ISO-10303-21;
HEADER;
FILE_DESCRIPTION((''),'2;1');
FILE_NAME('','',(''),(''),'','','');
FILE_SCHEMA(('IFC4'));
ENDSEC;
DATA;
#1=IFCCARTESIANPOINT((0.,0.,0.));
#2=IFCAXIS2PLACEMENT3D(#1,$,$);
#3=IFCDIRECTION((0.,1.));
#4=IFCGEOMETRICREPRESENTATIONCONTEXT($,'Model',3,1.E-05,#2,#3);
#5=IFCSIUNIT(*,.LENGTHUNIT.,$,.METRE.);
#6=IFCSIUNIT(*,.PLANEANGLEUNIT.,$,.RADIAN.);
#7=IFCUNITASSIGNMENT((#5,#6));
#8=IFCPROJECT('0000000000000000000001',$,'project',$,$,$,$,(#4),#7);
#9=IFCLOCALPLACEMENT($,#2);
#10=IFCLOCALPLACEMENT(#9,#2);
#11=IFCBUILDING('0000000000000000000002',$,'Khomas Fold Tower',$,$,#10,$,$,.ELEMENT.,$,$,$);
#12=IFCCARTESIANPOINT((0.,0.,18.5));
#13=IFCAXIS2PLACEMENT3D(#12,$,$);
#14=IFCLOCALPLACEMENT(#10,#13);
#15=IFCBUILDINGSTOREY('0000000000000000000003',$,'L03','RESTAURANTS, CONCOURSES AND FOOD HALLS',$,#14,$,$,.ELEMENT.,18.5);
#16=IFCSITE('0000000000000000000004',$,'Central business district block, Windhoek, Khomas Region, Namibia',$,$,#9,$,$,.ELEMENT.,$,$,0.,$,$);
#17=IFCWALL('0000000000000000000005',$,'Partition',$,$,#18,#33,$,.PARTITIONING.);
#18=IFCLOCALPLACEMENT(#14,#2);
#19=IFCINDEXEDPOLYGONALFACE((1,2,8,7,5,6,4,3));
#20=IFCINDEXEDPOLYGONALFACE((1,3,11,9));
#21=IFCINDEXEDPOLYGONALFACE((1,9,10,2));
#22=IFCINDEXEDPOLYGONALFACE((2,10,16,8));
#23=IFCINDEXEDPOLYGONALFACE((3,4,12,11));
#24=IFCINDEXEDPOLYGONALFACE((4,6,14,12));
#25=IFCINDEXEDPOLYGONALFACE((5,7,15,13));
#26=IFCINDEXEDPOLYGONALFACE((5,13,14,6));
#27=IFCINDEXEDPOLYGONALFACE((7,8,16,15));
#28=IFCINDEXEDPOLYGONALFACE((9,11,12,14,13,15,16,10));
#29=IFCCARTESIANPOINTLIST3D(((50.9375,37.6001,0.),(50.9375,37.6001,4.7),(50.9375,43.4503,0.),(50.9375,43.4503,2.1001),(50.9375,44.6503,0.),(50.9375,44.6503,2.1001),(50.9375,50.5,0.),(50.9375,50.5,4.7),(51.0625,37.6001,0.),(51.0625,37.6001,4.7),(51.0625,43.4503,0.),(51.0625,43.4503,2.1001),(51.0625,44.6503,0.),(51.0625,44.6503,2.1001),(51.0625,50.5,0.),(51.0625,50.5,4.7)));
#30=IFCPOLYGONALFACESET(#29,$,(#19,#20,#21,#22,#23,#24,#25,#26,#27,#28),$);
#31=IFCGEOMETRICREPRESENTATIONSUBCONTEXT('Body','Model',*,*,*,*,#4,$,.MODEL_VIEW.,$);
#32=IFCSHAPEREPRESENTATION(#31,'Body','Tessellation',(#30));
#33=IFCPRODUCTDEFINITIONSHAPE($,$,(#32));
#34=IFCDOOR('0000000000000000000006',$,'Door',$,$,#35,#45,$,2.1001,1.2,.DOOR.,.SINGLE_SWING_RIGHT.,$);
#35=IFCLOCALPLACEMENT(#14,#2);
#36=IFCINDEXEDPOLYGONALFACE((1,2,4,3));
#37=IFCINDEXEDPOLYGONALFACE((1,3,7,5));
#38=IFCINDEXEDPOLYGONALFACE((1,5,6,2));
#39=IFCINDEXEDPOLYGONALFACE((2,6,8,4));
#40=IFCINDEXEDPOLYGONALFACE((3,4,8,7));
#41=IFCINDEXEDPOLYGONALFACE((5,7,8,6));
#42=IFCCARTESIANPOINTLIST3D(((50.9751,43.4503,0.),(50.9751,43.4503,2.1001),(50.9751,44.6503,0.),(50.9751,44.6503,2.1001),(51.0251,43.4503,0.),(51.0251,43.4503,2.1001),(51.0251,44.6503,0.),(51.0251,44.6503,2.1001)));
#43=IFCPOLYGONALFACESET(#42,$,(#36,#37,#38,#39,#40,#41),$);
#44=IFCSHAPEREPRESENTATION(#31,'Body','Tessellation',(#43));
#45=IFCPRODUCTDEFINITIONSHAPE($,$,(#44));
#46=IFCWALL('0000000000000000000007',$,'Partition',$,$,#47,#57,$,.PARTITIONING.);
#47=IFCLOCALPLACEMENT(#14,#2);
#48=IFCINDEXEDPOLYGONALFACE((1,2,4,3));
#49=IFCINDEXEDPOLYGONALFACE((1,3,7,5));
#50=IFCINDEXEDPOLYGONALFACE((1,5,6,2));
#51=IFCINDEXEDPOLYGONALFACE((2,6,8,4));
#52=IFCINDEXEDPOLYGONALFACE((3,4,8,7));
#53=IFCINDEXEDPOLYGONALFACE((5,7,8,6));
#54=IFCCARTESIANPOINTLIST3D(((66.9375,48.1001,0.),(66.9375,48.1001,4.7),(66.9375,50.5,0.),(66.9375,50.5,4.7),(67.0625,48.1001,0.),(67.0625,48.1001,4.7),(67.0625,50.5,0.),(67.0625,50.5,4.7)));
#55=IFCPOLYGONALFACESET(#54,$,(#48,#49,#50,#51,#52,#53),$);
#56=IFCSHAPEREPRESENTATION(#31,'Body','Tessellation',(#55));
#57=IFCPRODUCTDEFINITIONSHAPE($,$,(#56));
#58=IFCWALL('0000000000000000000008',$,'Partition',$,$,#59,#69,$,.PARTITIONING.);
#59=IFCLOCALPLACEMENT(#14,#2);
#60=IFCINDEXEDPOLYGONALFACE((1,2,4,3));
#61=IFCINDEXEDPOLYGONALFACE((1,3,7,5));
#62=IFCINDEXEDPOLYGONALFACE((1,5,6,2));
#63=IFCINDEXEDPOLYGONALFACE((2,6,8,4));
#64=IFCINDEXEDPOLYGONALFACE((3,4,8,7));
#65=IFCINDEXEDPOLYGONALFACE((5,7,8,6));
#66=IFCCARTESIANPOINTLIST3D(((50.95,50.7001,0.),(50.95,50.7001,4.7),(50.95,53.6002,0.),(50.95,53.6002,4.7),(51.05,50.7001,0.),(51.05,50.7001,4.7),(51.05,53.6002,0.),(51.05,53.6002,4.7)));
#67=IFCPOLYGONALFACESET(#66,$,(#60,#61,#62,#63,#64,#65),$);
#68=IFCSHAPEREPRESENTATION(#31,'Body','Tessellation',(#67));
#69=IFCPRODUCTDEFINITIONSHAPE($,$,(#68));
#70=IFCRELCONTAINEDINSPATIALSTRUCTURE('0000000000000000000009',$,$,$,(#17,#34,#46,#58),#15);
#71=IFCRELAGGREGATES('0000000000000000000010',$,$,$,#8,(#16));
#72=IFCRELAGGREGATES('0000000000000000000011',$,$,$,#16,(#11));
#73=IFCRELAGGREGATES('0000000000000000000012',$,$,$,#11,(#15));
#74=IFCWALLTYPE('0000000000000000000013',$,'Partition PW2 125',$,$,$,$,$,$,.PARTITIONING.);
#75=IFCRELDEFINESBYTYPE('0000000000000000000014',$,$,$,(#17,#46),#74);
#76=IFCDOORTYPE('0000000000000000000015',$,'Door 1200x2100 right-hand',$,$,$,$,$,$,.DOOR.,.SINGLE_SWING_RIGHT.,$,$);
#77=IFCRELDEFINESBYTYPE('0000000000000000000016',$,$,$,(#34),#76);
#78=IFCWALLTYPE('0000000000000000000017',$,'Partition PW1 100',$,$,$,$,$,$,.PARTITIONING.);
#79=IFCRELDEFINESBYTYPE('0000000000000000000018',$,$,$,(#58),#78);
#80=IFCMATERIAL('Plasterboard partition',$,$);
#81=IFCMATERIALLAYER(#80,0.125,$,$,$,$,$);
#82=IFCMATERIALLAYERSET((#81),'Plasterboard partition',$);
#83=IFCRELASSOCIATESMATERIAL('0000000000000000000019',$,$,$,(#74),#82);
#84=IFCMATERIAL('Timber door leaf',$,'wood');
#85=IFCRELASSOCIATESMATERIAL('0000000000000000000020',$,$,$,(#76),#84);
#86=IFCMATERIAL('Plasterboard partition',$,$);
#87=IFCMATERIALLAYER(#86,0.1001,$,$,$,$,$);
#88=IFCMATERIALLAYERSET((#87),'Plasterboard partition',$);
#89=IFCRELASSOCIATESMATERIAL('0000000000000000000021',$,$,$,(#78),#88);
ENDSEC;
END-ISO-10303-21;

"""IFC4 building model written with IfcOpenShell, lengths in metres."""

from ifc_helpers import new_model, si_unit, direction, frame, frame_2d, origin, place, context, subcontext, project, spatial, rectangle, extrude, source, transform, mapped, material, layer, layer_set, type_object, element, fill, save


model = new_model("IFC4")

# Units and contexts
model_context = context("Model", 3, precision=1e-05, world=origin(), true_north=direction((0.0, 1.0)))
body_context = subcontext(model_context, "Body", "Model", "MODEL_VIEW")
ifc_project = project(units=[si_unit("LENGTHUNIT", "METRE"), si_unit("PLANEANGLEUNIT", "RADIAN")], contexts=[model_context])

# Site, building, storey
site_placement = place(None, origin())
site = spatial("IfcSite", under=ifc_project, at=site_placement, Name="Central business district block, Windhoek, Khomas Region, Namibia", CompositionType="ELEMENT", RefElevation=0.0)
building_placement = place(site_placement, origin())
building = spatial("IfcBuilding", under=site, at=building_placement, Name="Khomas Fold Tower", CompositionType="ELEMENT")
storey_placement = place(building_placement, frame((0.0, 0.0, 18.5)))
storey = spatial("IfcBuildingStorey", under=building, at=storey_placement, Name="L03", Description="RESTAURANTS, CONCOURSES AND FOOD HALLS", CompositionType="ELEMENT", Elevation=18.5)

# Shared definitions
shared_shape_1 = source(origin(), body_context, "Body", "SweptSolid", [
    extrude(rectangle(XDim=1.2, YDim=2.1001, at=frame_2d((0.6001, 1.05))), frame((0.0, 0.0249, 0.0), z_axis=(0.0, -1.0, 0.0), x_axis=(1.0, 0.0, 0.0)), (0.0, 0.0, 1.0), 0.05),
])

# Shared definitions
ifc_material_1 = material(Name="Plasterboard partition")
ifc_layer_1 = layer(ifc_material_1, 0.125)
ifc_layer_set_1 = layer_set([ifc_layer_1], Name="Plasterboard partition")
wall_type_1 = type_object("IfcWallType", Name="Partition PW2 125", PredefinedType="PARTITIONING", material=ifc_layer_set_1)

# Wall, opening, door
shared_shape_2 = source(origin(), body_context, "Body", "SweptSolid", [
    extrude(rectangle(XDim=12.8999, YDim=0.125, at=frame_2d((6.45, 0.0))), origin(), (0.0, 0.0, 1.0), 4.7),
])
wall_1_placement = place(storey_placement, frame((51.0, 37.6001, 0.0), z_axis=(0.0, 0.0, 1.0), x_axis=(0.0, 1.0, 0.0)))
wall_1 = element("IfcWall", 1, at=wall_1_placement, inside=storey, type_object=wall_type_1, Name="Partition", PredefinedType="PARTITIONING", context=body_context, shape_type="MappedRepresentation", body=[
    mapped(shared_shape_2, transform((0.0, 0.0, 0.0))),
])
shared_shape_3 = source(origin(), body_context, "Body", "SweptSolid", [
    extrude(rectangle(XDim=1.2, YDim=2.1001, at=frame_2d((0.6001, 1.05))), frame((0.0, 0.0725, 0.0), z_axis=(0.0, -1.0, 0.0), x_axis=(1.0, 0.0, 0.0)), (0.0, 0.0, 1.0), 0.145),
])
opening_1_placement = place(wall_1_placement, frame((5.8501, 0.0, 0.0)))
opening_1 = element("IfcOpeningElement", 2, at=opening_1_placement, cuts=wall_1, PredefinedType="OPENING", context=body_context, shape_type="MappedRepresentation", body=[
    mapped(shared_shape_3, transform((0.0, 0.0, 0.0))),
])
ifc_material_2 = material(Name="Timber door leaf", Category="wood")
door_type_1 = type_object("IfcDoorType", Name="Door 1200x2100 right-hand", OperationType="SINGLE_SWING_RIGHT", PredefinedType="DOOR", material=ifc_material_2)
door_1_placement = place(opening_1_placement, origin())
door_1 = element("IfcDoor", 3, at=door_1_placement, inside=storey, type_object=door_type_1, Name="Door", OperationType="SINGLE_SWING_RIGHT", OverallHeight=2.1001, OverallWidth=1.2, PredefinedType="DOOR", context=body_context, shape_type="MappedRepresentation", body=[
    mapped(shared_shape_1, transform((0.0, 0.0, 0.0))),
])
fill(opening_1, door_1)

# Walls
shared_shape_4 = source(origin(), body_context, "Body", "SweptSolid", [
    extrude(rectangle(XDim=2.3999, YDim=0.125, at=frame_2d((1.2, 0.0))), origin(), (0.0, 0.0, 1.0), 4.7),
])
wall_2_placement = place(storey_placement, frame((67.0, 48.1001, 0.0), z_axis=(0.0, 0.0, 1.0), x_axis=(0.0, 1.0, 0.0)))
element("IfcWall", 4, at=wall_2_placement, inside=storey, type_object=wall_type_1, Name="Partition", PredefinedType="PARTITIONING", context=body_context, shape_type="MappedRepresentation", body=[
    mapped(shared_shape_4, transform((0.0, 0.0, 0.0))),
])
ifc_material_3 = material(Name="Plasterboard partition")
ifc_layer_2 = layer(ifc_material_3, 0.1001)
ifc_layer_set_2 = layer_set([ifc_layer_2], Name="Plasterboard partition")
wall_type_2 = type_object("IfcWallType", Name="Partition PW1 100", PredefinedType="PARTITIONING", material=ifc_layer_set_2)
shared_shape_5 = source(origin(), body_context, "Body", "SweptSolid", [
    extrude(rectangle(XDim=2.9001, YDim=0.1001, at=frame_2d((1.4502, 0.0))), origin(), (0.0, 0.0, 1.0), 4.7),
])
wall_3_placement = place(storey_placement, frame((51.0, 50.7, 0.0), z_axis=(0.0, 0.0, 1.0), x_axis=(0.0, 1.0, 0.0)))
element("IfcWall", 5, at=wall_3_placement, inside=storey, type_object=wall_type_2, Name="Partition", PredefinedType="PARTITIONING", context=body_context, shape_type="MappedRepresentation", body=[
    mapped(shared_shape_5, transform((0.0, 0.0, 0.0))),
])

save(model, "model.ifc")
